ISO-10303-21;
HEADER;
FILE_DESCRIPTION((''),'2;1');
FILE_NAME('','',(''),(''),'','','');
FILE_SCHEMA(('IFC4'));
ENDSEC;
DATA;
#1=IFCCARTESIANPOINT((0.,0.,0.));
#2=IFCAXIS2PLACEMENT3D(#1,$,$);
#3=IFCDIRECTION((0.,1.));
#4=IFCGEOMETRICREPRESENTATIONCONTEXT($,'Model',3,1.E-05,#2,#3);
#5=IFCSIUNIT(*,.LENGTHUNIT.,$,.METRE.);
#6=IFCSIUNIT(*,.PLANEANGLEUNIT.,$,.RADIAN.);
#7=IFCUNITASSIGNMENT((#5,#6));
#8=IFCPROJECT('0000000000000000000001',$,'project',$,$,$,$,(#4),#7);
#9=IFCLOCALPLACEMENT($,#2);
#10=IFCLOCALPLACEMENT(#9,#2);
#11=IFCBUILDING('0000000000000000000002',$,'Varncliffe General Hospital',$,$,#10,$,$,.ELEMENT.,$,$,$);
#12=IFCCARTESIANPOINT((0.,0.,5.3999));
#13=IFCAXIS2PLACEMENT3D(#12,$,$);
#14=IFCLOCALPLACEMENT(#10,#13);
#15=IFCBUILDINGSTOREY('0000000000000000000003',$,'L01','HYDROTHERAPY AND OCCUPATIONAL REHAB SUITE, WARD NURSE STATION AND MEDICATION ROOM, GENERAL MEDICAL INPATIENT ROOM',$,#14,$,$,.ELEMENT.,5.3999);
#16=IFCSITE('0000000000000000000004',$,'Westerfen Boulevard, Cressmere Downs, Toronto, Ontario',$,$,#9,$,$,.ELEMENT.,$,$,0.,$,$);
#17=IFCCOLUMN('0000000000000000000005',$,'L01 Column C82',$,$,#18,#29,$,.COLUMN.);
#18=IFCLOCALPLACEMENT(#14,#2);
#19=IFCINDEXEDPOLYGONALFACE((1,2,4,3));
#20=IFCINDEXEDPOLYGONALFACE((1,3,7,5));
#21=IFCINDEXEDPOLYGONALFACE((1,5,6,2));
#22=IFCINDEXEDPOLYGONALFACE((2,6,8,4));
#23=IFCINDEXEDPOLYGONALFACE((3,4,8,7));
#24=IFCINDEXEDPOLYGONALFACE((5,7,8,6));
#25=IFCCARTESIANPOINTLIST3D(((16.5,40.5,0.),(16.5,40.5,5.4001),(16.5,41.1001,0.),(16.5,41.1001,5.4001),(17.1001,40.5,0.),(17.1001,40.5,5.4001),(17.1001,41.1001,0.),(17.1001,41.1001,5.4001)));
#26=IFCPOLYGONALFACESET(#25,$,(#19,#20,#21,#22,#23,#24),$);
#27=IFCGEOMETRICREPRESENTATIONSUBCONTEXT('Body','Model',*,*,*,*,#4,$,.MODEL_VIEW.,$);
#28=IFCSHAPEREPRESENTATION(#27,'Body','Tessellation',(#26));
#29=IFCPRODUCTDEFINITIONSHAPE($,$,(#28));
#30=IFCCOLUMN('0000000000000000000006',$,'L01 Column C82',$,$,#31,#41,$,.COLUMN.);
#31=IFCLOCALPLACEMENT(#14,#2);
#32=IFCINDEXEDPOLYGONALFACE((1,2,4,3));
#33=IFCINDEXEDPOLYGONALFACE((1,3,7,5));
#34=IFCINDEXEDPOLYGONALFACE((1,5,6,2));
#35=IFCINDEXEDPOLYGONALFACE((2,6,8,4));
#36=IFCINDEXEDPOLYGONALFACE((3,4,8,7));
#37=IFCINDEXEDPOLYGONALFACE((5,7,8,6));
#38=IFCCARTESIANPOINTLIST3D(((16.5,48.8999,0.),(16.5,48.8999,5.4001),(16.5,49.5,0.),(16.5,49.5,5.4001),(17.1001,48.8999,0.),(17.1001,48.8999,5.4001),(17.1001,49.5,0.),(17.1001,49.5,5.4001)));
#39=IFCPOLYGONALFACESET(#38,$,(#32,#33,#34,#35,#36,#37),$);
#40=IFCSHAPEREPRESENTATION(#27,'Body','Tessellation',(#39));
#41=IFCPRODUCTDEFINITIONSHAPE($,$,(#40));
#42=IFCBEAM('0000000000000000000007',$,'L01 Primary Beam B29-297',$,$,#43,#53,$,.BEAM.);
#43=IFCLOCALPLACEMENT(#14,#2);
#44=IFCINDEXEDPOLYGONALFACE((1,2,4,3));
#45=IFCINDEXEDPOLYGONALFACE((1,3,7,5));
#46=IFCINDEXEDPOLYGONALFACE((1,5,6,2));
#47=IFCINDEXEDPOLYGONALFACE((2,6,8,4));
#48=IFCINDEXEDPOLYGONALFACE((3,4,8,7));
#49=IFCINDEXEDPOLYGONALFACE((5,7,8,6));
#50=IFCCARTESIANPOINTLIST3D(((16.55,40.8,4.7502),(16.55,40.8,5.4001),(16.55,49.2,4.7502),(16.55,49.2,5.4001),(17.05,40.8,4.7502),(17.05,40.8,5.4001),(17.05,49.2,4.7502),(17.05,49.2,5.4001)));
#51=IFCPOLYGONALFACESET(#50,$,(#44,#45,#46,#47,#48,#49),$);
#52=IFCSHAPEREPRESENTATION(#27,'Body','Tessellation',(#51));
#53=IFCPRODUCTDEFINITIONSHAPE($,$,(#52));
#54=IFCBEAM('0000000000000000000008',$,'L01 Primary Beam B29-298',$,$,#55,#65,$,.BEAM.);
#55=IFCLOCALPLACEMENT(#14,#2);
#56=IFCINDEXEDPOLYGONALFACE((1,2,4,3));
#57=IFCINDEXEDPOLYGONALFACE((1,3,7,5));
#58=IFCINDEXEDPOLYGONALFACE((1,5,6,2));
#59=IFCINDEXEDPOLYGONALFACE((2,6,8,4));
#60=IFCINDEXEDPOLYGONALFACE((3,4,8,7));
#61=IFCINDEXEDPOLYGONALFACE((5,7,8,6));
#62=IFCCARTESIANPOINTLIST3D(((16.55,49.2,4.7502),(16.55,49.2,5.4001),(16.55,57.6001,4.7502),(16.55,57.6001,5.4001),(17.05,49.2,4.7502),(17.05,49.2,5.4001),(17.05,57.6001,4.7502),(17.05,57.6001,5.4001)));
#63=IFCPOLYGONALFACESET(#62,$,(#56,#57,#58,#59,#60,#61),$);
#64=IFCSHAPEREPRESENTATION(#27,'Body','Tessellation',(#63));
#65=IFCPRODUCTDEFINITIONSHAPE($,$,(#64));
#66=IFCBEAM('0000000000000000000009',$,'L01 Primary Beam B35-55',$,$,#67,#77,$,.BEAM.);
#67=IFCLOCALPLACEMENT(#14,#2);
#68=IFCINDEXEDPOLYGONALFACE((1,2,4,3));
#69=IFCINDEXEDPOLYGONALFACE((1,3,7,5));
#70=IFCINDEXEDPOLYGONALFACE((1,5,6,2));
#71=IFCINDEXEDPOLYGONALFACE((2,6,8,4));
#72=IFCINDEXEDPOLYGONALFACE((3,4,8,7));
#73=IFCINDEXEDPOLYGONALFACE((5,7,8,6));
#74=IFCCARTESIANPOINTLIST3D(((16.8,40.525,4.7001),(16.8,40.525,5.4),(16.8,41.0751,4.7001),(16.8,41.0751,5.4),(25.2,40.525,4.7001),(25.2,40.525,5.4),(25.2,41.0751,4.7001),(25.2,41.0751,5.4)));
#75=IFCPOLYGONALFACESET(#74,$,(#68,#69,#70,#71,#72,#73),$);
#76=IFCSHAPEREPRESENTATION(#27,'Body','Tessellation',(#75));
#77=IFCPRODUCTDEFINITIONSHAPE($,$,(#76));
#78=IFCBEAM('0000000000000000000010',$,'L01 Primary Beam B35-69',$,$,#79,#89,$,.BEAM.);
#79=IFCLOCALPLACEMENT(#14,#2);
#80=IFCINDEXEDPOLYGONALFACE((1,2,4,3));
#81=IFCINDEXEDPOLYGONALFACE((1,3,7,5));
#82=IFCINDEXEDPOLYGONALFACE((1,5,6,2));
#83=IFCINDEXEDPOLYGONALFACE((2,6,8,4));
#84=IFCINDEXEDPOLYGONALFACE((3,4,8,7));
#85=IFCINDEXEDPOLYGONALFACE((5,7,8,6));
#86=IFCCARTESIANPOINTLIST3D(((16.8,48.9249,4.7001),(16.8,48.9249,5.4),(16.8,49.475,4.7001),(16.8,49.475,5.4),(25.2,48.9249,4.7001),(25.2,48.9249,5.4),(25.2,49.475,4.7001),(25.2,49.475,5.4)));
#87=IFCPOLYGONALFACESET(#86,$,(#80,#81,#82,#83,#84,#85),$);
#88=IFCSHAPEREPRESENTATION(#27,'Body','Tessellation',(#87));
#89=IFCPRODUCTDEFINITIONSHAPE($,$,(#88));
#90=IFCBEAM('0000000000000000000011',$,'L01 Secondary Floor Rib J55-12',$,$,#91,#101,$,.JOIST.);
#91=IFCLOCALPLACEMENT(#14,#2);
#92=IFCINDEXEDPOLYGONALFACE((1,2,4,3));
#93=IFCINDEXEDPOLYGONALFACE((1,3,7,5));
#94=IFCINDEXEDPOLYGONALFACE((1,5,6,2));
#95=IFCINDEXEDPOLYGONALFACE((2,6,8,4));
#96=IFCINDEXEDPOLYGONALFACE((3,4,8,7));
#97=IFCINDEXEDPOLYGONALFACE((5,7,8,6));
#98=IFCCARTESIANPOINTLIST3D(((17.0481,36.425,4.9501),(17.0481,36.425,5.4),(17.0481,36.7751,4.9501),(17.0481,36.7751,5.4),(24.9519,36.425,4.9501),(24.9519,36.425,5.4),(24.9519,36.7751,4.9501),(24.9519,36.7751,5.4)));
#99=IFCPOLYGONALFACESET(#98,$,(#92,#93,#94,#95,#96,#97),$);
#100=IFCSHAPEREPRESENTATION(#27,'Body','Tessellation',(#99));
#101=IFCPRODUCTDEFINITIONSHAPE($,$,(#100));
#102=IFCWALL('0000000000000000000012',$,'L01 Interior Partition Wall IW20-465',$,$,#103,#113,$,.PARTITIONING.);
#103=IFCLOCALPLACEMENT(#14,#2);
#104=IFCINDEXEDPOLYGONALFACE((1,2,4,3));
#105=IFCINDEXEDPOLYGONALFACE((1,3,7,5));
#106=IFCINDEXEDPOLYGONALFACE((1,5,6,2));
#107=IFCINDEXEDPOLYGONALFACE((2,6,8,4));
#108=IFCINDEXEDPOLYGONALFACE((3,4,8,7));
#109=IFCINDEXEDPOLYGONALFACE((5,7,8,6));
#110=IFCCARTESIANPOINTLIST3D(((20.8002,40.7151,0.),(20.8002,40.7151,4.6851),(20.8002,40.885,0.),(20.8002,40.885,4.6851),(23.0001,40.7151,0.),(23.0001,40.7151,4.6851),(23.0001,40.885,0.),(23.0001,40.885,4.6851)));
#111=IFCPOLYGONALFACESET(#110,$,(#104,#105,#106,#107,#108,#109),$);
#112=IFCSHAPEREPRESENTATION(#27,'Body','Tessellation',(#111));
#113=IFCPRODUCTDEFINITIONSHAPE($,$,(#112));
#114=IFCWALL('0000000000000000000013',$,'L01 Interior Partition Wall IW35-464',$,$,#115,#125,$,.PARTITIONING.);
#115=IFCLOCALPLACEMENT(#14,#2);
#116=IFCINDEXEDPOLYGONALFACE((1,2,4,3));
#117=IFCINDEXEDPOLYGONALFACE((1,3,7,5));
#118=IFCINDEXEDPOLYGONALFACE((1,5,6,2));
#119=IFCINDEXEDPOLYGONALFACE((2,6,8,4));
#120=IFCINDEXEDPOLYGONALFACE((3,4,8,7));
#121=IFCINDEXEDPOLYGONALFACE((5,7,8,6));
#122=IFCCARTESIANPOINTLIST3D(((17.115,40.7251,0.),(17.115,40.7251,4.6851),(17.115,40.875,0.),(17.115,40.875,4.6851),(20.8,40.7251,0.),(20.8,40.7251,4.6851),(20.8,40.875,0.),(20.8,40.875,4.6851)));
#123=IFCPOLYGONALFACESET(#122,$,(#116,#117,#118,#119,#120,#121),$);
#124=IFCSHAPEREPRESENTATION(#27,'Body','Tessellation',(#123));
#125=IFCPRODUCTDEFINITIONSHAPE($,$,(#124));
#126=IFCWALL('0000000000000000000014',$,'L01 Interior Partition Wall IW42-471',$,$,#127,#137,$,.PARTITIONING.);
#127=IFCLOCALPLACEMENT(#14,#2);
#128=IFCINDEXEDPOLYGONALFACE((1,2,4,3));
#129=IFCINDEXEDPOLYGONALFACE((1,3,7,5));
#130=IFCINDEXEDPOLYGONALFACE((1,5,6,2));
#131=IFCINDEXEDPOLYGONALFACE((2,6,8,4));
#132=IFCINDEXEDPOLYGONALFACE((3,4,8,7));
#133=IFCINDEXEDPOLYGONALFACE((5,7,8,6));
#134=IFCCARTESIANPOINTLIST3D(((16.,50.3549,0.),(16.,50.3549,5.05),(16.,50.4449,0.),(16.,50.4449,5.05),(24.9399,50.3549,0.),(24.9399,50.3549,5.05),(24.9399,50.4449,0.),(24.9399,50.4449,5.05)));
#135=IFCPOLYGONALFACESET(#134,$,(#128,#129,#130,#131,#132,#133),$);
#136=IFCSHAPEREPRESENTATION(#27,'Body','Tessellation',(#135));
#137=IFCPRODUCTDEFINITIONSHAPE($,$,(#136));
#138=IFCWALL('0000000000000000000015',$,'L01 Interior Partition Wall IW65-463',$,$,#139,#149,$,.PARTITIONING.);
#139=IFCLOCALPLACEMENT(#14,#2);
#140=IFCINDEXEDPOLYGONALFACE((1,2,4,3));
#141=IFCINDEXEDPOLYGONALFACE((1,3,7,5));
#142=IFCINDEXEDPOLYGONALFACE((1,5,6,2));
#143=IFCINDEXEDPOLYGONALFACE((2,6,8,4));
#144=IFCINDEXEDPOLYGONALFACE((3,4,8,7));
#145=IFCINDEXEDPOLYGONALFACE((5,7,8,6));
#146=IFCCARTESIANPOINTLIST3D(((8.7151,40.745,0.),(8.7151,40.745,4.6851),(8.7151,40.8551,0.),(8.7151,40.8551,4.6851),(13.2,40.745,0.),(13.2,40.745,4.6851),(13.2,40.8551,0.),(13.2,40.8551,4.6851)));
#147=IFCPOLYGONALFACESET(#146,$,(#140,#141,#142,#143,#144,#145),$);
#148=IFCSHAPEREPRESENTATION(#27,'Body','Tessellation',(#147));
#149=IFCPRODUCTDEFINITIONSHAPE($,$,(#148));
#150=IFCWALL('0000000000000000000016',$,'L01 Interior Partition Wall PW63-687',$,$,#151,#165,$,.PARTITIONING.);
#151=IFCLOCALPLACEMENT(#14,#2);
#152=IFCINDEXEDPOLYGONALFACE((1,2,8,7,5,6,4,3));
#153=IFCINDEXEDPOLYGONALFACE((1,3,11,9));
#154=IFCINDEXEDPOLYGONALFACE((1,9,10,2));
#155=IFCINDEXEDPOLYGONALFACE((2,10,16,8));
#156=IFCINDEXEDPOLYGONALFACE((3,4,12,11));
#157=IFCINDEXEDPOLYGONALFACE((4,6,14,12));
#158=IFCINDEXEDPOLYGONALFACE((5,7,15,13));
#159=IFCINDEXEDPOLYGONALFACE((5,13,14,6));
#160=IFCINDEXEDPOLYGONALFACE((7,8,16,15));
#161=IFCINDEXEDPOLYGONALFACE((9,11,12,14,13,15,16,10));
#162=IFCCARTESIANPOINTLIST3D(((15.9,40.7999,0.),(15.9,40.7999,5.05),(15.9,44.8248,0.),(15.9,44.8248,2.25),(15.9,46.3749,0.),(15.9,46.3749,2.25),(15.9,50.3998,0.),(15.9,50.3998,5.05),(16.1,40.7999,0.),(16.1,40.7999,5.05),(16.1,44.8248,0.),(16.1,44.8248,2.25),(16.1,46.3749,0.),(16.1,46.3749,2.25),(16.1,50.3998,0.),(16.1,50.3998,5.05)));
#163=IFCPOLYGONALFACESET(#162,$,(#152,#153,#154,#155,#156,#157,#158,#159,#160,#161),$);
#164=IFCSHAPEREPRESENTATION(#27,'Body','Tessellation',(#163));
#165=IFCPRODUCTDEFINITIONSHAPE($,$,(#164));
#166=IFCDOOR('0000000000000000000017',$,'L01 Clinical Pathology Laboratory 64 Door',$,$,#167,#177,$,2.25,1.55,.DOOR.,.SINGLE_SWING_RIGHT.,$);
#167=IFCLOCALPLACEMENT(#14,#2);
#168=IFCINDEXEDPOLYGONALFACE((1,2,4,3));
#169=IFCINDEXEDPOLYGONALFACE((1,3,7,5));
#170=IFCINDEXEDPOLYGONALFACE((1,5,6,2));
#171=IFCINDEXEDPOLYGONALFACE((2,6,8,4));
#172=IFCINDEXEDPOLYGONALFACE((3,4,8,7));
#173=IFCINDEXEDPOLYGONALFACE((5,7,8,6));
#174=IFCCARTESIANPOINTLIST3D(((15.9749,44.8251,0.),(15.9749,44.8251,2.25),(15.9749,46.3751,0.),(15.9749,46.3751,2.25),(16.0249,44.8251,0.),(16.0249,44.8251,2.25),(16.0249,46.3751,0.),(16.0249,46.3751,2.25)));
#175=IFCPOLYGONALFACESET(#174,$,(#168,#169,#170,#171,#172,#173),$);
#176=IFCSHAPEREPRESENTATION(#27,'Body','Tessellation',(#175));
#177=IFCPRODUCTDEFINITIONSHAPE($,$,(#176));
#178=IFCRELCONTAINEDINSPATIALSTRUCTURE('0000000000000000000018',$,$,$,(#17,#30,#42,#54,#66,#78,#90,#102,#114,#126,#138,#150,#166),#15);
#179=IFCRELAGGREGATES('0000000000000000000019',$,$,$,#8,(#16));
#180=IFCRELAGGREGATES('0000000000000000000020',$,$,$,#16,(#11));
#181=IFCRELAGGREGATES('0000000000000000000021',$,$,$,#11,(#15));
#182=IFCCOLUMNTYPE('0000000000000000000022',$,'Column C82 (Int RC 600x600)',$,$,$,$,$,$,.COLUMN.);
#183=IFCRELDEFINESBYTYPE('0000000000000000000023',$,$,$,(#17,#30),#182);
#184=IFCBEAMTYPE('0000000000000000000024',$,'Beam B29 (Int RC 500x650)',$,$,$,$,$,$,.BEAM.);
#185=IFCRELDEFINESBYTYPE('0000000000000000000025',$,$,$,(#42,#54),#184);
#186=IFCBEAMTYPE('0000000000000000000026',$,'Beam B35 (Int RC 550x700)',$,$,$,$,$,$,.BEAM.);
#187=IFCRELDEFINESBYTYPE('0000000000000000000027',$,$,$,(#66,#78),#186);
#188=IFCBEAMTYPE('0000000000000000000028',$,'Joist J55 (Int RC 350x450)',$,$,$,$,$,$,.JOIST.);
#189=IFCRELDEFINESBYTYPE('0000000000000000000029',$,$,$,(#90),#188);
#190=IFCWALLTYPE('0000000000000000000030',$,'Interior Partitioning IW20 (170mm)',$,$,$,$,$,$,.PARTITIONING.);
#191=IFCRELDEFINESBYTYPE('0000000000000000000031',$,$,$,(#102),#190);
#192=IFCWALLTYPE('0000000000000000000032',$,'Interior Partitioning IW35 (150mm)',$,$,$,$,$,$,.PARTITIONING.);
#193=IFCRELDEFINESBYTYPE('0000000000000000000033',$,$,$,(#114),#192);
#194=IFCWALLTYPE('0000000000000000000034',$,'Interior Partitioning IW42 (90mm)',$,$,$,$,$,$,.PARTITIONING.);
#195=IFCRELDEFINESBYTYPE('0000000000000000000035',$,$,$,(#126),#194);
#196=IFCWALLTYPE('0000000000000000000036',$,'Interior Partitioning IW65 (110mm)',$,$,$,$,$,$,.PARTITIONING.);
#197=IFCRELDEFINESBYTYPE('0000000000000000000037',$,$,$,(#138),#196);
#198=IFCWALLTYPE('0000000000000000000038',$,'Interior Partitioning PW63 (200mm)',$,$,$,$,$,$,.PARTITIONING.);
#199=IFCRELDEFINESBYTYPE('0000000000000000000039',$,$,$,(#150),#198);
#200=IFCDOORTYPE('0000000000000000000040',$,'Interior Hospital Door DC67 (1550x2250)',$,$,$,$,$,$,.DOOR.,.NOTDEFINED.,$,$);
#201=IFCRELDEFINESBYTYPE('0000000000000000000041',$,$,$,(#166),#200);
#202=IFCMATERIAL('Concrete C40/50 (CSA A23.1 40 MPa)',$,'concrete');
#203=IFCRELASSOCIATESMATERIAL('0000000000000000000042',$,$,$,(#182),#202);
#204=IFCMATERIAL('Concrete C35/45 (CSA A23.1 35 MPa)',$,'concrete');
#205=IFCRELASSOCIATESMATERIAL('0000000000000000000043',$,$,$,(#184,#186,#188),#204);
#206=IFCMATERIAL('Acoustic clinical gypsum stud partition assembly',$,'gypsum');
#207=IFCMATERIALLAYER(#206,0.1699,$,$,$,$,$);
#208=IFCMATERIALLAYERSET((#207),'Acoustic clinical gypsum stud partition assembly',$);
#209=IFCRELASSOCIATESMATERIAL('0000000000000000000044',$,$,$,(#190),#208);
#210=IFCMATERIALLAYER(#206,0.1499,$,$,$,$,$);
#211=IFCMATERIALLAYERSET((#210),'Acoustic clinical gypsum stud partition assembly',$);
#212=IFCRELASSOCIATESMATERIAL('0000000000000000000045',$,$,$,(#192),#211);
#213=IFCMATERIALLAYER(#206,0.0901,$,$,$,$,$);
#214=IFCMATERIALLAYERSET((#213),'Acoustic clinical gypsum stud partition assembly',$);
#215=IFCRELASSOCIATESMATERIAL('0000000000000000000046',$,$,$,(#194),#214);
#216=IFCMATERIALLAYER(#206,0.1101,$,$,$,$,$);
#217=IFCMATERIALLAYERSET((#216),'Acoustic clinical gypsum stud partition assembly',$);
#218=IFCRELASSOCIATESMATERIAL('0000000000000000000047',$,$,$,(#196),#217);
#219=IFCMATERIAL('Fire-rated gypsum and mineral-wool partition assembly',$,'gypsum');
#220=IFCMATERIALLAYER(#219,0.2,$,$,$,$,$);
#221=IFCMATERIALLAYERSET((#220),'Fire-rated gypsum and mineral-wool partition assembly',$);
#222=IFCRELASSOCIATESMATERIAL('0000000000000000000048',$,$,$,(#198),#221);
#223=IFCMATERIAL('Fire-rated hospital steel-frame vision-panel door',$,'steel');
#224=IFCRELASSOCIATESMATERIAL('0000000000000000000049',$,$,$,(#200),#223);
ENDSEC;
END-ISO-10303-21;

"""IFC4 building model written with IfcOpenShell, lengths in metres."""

from ifc_helpers import new_model, si_unit, direction, frame, frame_2d, origin, origin_2d, place, context, subcontext, project, spatial, rectangle, extrude, material, layer, layer_set, material_profile, profile_set, type_object, element, fill, save


model = new_model("IFC4")

# Units and contexts
model_context = context("Model", 3, precision=1e-05, world=origin(), true_north=direction((0.0, 1.0)))
body_context = subcontext(model_context, "Body", "Model", "MODEL_VIEW")
ifc_project = project(units=[si_unit("LENGTHUNIT", "METRE"), si_unit("PLANEANGLEUNIT", "RADIAN")], contexts=[model_context])

# Site, building, storey
site_placement = place(None, origin())
site = spatial("IfcSite", under=ifc_project, at=site_placement, Name="Westerfen Boulevard, Cressmere Downs, Toronto, Ontario", CompositionType="ELEMENT", RefElevation=0.0)
building_placement = place(site_placement, origin())
building = spatial("IfcBuilding", under=site, at=building_placement, Name="Varncliffe General Hospital", CompositionType="ELEMENT")
storey_placement = place(building_placement, frame((0.0, 0.0, 5.3999)))
storey = spatial("IfcBuildingStorey", under=building, at=storey_placement, Name="L01", Description="HYDROTHERAPY AND OCCUPATIONAL REHAB SUITE, WARD NURSE STATION AND MEDICATION ROOM, GENERAL MEDICAL INPATIENT ROOM", CompositionType="ELEMENT", Elevation=5.3999)

# Columns
ifc_material_1 = material(Name="Concrete C40/50 (CSA A23.1 40 MPa)", Category="concrete")
ifc_material_profile_1 = material_profile(ifc_material_1, rectangle(XDim=0.6001, YDim=0.6001, at=origin_2d()), Name="RC 600x600")
ifc_profile_set_1 = profile_set([ifc_material_profile_1], Name="Concrete C40/50 (CSA A23.1 40 MPa)")
column_type = type_object("IfcColumnType", Name="Column C82 (Int RC 600x600)", PredefinedType="COLUMN", material=ifc_profile_set_1)
for number, where, z_axis, x_axis, name in (
    (1, (16.8, 40.8, 0.0), (0.0, 0.0, 1.0), (1.0, 0.0, 0.0), "L01 Column C82"),
    (2, (16.8, 49.2, 0.0), (0.0, 0.0, 1.0), (1.0, 0.0, 0.0), "L01 Column C82"),
):
    element("IfcColumn", number, at=place(storey_placement, frame(where, z_axis=z_axis, x_axis=x_axis)), inside=storey, type_object=column_type, Name=name, PredefinedType="COLUMN", context=body_context, shape_type="SweptSolid", body=[
        extrude(rectangle(XDim=0.6001, YDim=0.6001, at=origin_2d()), origin(), (0.0, 0.0, 1.0), 5.4001),
    ])

# Beams
ifc_material_2 = material(Name="Concrete C35/45 (CSA A23.1 35 MPa)", Category="concrete")
ifc_material_profile_2 = material_profile(ifc_material_2, rectangle(XDim=0.5, YDim=0.6499, at=origin_2d()), Name="RC 500x650")
ifc_profile_set_2 = profile_set([ifc_material_profile_2], Name="Concrete C35/45 (CSA A23.1 35 MPa)")
beam_type_1 = type_object("IfcBeamType", Name="Beam B29 (Int RC 500x650)", PredefinedType="BEAM", material=ifc_profile_set_2)
beam_1_placement = place(storey_placement, frame((16.8, 40.8, 5.0752), z_axis=(0.0, 1.0, 0.0), x_axis=(-1.0, 0.0, 0.0)))
element("IfcBeam", 3, at=beam_1_placement, inside=storey, type_object=beam_type_1, Name="L01 Primary Beam B29-297", PredefinedType="BEAM", context=body_context, shape_type="SweptSolid", body=[
    extrude(rectangle(XDim=0.5, YDim=0.6499, at=origin_2d()), origin(), (0.0, 0.0, 1.0), 8.3999),
])
beam_2_placement = place(storey_placement, frame((16.8, 49.2, 5.0752), z_axis=(0.0, 1.0, 0.0), x_axis=(-1.0, 0.0, 0.0)))
element("IfcBeam", 4, at=beam_2_placement, inside=storey, type_object=beam_type_1, Name="L01 Primary Beam B29-298", PredefinedType="BEAM", context=body_context, shape_type="SweptSolid", body=[
    extrude(rectangle(XDim=0.5, YDim=0.6499, at=origin_2d()), origin(), (0.0, 0.0, 1.0), 8.4001),
])
ifc_material_profile_3 = material_profile(ifc_material_2, rectangle(XDim=0.55, YDim=0.7, at=origin_2d()), Name="RC 550x700")
ifc_profile_set_3 = profile_set([ifc_material_profile_3], Name="Concrete C35/45 (CSA A23.1 35 MPa)")
beam_type_2 = type_object("IfcBeamType", Name="Beam B35 (Int RC 550x700)", PredefinedType="BEAM", material=ifc_profile_set_3)
for number, where, z_axis, x_axis, name in (
    (5, (16.8, 40.8, 5.05), (1.0, 0.0, 0.0), (0.0, 1.0, 0.0), "L01 Primary Beam B35-55"),
    (6, (16.8, 49.2, 5.05), (1.0, 0.0, 0.0), (0.0, 1.0, 0.0), "L01 Primary Beam B35-69"),
):
    element("IfcBeam", number, at=place(storey_placement, frame(where, z_axis=z_axis, x_axis=x_axis)), inside=storey, type_object=beam_type_2, Name=name, PredefinedType="BEAM", context=body_context, shape_type="SweptSolid", body=[
        extrude(rectangle(XDim=0.55, YDim=0.7, at=origin_2d()), origin(), (0.0, 0.0, 1.0), 8.3999),
    ])
ifc_material_profile_4 = material_profile(ifc_material_2, rectangle(XDim=0.3501, YDim=0.45, at=origin_2d()), Name="RC 350x450")
ifc_profile_set_4 = profile_set([ifc_material_profile_4], Name="Concrete C35/45 (CSA A23.1 35 MPa)")
beam_type_3 = type_object("IfcBeamType", Name="Joist J55 (Int RC 350x450)", PredefinedType="JOIST", material=ifc_profile_set_4)
beam_3_placement = place(storey_placement, frame((17.0481, 36.6001, 5.175), z_axis=(1.0, 0.0, 0.0), x_axis=(0.0, 1.0, 0.0)))
element("IfcBeam", 7, at=beam_3_placement, inside=storey, type_object=beam_type_3, Name="L01 Secondary Floor Rib J55-12", PredefinedType="JOIST", context=body_context, shape_type="SweptSolid", body=[
    extrude(rectangle(XDim=0.3501, YDim=0.45, at=origin_2d()), origin(), (0.0, 0.0, 1.0), 7.9038),
])

# Walls
ifc_material_3 = material(Name="Acoustic clinical gypsum stud partition assembly", Category="gypsum")
ifc_layer_1 = layer(ifc_material_3, 0.1699)
ifc_layer_set_1 = layer_set([ifc_layer_1], Name="Acoustic clinical gypsum stud partition assembly")
wall_type_1 = type_object("IfcWallType", Name="Interior Partitioning IW20 (170mm)", PredefinedType="PARTITIONING", material=ifc_layer_set_1)
wall_1_placement = place(storey_placement, frame((20.8, 40.8, 0.0), z_axis=(0.0, 0.0, 1.0), x_axis=(1.0, 0.0, 0.0)))
element("IfcWall", 8, at=wall_1_placement, inside=storey, type_object=wall_type_1, Name="L01 Interior Partition Wall IW20-465", PredefinedType="PARTITIONING", context=body_context, shape_type="SweptSolid", body=[
    extrude(rectangle(XDim=2.2, YDim=0.1699, at=frame_2d((1.1001, 0.0))), origin(), (0.0, 0.0, 1.0), 4.6851),
])
ifc_layer_2 = layer(ifc_material_3, 0.1499)
ifc_layer_set_2 = layer_set([ifc_layer_2], Name="Acoustic clinical gypsum stud partition assembly")
wall_type_2 = type_object("IfcWallType", Name="Interior Partitioning IW35 (150mm)", PredefinedType="PARTITIONING", material=ifc_layer_set_2)
wall_2_placement = place(storey_placement, frame((17.115, 40.8, 0.0), z_axis=(0.0, 0.0, 1.0), x_axis=(1.0, 0.0, 0.0)))
element("IfcWall", 9, at=wall_2_placement, inside=storey, type_object=wall_type_2, Name="L01 Interior Partition Wall IW35-464", PredefinedType="PARTITIONING", context=body_context, shape_type="SweptSolid", body=[
    extrude(rectangle(XDim=3.6851, YDim=0.1499, at=frame_2d((1.8425, 0.0))), origin(), (0.0, 0.0, 1.0), 4.6851),
])
ifc_layer_3 = layer(ifc_material_3, 0.0901)
ifc_layer_set_3 = layer_set([ifc_layer_3], Name="Acoustic clinical gypsum stud partition assembly")
wall_type_3 = type_object("IfcWallType", Name="Interior Partitioning IW42 (90mm)", PredefinedType="PARTITIONING", material=ifc_layer_set_3)
wall_3_placement = place(storey_placement, frame((16.0, 50.3999, 0.0), z_axis=(0.0, 0.0, 1.0), x_axis=(1.0, 0.0, 0.0)))
element("IfcWall", 10, at=wall_3_placement, inside=storey, type_object=wall_type_3, Name="L01 Interior Partition Wall IW42-471", PredefinedType="PARTITIONING", context=body_context, shape_type="SweptSolid", body=[
    extrude(rectangle(XDim=8.9399, YDim=0.0901, at=frame_2d((4.47, 0.0))), origin(), (0.0, 0.0, 1.0), 5.05),
])
ifc_layer_4 = layer(ifc_material_3, 0.1101)
ifc_layer_set_4 = layer_set([ifc_layer_4], Name="Acoustic clinical gypsum stud partition assembly")
wall_type_4 = type_object("IfcWallType", Name="Interior Partitioning IW65 (110mm)", PredefinedType="PARTITIONING", material=ifc_layer_set_4)
wall_4_placement = place(storey_placement, frame((8.7151, 40.8, 0.0), z_axis=(0.0, 0.0, 1.0), x_axis=(1.0, 0.0, 0.0)))
element("IfcWall", 11, at=wall_4_placement, inside=storey, type_object=wall_type_4, Name="L01 Interior Partition Wall IW65-463", PredefinedType="PARTITIONING", context=body_context, shape_type="SweptSolid", body=[
    extrude(rectangle(XDim=4.4849, YDim=0.1101, at=frame_2d((2.2424, 0.0))), origin(), (0.0, 0.0, 1.0), 4.6851),
])

# Wall, opening, door
ifc_material_4 = material(Name="Fire-rated gypsum and mineral-wool partition assembly", Category="gypsum")
ifc_layer_5 = layer(ifc_material_4, 0.2)
ifc_layer_set_5 = layer_set([ifc_layer_5], Name="Fire-rated gypsum and mineral-wool partition assembly")
wall_type_5 = type_object("IfcWallType", Name="Interior Partitioning PW63 (200mm)", PredefinedType="PARTITIONING", material=ifc_layer_set_5)
wall_5_placement = place(storey_placement, frame((16.0, 40.8, 0.0), z_axis=(0.0, 0.0, 1.0), x_axis=(0.0, 1.0, 0.0)))
wall_5 = element("IfcWall", 12, at=wall_5_placement, inside=storey, type_object=wall_type_5, Name="L01 Interior Partition Wall PW63-687", PredefinedType="PARTITIONING", context=body_context, shape_type="SweptSolid", body=[
    extrude(rectangle(XDim=9.5999, YDim=0.2, at=frame_2d((4.7998, 0.0))), origin(), (0.0, 0.0, 1.0), 5.05),
])
opening_1_placement = place(wall_5_placement, frame((4.0249, 0.0, 0.0)))
opening_1 = element("IfcOpeningElement", 13, at=opening_1_placement, cuts=wall_5, PredefinedType="OPENING", context=body_context, shape_type="SweptSolid", body=[
    extrude(rectangle(XDim=1.55, YDim=2.25, at=frame_2d((0.7749, 1.125))), frame((0.0, 0.1099, 0.0), z_axis=(0.0, -1.0, 0.0), x_axis=(1.0, 0.0, 0.0)), (0.0, 0.0, 1.0), 0.22),
])
ifc_material_5 = material(Name="Fire-rated hospital steel-frame vision-panel door", Category="steel")
door_type_1 = type_object("IfcDoorType", Name="Interior Hospital Door DC67 (1550x2250)", OperationType="NOTDEFINED", PredefinedType="DOOR", material=ifc_material_5)
door_1_placement = place(opening_1_placement, frame((1.55, 0.0, 0.0), z_axis=(0.0, 0.0, 1.0), x_axis=(-1.0, 0.0, 0.0)))
door_1 = element("IfcDoor", 14, at=door_1_placement, inside=storey, type_object=door_type_1, Name="L01 Clinical Pathology Laboratory 64 Door", OperationType="SINGLE_SWING_RIGHT", OverallHeight=2.25, OverallWidth=1.55, PredefinedType="DOOR", context=body_context, shape_type="SweptSolid", body=[
    extrude(rectangle(XDim=1.55, YDim=2.25, at=frame_2d((0.7749, 1.125))), frame((0.0, 0.0249, 0.0), z_axis=(0.0, -1.0, 0.0), x_axis=(1.0, 0.0, 0.0)), (0.0, 0.0, 1.0), 0.05),
])
fill(opening_1, door_1)

save(model, "model.ifc")
